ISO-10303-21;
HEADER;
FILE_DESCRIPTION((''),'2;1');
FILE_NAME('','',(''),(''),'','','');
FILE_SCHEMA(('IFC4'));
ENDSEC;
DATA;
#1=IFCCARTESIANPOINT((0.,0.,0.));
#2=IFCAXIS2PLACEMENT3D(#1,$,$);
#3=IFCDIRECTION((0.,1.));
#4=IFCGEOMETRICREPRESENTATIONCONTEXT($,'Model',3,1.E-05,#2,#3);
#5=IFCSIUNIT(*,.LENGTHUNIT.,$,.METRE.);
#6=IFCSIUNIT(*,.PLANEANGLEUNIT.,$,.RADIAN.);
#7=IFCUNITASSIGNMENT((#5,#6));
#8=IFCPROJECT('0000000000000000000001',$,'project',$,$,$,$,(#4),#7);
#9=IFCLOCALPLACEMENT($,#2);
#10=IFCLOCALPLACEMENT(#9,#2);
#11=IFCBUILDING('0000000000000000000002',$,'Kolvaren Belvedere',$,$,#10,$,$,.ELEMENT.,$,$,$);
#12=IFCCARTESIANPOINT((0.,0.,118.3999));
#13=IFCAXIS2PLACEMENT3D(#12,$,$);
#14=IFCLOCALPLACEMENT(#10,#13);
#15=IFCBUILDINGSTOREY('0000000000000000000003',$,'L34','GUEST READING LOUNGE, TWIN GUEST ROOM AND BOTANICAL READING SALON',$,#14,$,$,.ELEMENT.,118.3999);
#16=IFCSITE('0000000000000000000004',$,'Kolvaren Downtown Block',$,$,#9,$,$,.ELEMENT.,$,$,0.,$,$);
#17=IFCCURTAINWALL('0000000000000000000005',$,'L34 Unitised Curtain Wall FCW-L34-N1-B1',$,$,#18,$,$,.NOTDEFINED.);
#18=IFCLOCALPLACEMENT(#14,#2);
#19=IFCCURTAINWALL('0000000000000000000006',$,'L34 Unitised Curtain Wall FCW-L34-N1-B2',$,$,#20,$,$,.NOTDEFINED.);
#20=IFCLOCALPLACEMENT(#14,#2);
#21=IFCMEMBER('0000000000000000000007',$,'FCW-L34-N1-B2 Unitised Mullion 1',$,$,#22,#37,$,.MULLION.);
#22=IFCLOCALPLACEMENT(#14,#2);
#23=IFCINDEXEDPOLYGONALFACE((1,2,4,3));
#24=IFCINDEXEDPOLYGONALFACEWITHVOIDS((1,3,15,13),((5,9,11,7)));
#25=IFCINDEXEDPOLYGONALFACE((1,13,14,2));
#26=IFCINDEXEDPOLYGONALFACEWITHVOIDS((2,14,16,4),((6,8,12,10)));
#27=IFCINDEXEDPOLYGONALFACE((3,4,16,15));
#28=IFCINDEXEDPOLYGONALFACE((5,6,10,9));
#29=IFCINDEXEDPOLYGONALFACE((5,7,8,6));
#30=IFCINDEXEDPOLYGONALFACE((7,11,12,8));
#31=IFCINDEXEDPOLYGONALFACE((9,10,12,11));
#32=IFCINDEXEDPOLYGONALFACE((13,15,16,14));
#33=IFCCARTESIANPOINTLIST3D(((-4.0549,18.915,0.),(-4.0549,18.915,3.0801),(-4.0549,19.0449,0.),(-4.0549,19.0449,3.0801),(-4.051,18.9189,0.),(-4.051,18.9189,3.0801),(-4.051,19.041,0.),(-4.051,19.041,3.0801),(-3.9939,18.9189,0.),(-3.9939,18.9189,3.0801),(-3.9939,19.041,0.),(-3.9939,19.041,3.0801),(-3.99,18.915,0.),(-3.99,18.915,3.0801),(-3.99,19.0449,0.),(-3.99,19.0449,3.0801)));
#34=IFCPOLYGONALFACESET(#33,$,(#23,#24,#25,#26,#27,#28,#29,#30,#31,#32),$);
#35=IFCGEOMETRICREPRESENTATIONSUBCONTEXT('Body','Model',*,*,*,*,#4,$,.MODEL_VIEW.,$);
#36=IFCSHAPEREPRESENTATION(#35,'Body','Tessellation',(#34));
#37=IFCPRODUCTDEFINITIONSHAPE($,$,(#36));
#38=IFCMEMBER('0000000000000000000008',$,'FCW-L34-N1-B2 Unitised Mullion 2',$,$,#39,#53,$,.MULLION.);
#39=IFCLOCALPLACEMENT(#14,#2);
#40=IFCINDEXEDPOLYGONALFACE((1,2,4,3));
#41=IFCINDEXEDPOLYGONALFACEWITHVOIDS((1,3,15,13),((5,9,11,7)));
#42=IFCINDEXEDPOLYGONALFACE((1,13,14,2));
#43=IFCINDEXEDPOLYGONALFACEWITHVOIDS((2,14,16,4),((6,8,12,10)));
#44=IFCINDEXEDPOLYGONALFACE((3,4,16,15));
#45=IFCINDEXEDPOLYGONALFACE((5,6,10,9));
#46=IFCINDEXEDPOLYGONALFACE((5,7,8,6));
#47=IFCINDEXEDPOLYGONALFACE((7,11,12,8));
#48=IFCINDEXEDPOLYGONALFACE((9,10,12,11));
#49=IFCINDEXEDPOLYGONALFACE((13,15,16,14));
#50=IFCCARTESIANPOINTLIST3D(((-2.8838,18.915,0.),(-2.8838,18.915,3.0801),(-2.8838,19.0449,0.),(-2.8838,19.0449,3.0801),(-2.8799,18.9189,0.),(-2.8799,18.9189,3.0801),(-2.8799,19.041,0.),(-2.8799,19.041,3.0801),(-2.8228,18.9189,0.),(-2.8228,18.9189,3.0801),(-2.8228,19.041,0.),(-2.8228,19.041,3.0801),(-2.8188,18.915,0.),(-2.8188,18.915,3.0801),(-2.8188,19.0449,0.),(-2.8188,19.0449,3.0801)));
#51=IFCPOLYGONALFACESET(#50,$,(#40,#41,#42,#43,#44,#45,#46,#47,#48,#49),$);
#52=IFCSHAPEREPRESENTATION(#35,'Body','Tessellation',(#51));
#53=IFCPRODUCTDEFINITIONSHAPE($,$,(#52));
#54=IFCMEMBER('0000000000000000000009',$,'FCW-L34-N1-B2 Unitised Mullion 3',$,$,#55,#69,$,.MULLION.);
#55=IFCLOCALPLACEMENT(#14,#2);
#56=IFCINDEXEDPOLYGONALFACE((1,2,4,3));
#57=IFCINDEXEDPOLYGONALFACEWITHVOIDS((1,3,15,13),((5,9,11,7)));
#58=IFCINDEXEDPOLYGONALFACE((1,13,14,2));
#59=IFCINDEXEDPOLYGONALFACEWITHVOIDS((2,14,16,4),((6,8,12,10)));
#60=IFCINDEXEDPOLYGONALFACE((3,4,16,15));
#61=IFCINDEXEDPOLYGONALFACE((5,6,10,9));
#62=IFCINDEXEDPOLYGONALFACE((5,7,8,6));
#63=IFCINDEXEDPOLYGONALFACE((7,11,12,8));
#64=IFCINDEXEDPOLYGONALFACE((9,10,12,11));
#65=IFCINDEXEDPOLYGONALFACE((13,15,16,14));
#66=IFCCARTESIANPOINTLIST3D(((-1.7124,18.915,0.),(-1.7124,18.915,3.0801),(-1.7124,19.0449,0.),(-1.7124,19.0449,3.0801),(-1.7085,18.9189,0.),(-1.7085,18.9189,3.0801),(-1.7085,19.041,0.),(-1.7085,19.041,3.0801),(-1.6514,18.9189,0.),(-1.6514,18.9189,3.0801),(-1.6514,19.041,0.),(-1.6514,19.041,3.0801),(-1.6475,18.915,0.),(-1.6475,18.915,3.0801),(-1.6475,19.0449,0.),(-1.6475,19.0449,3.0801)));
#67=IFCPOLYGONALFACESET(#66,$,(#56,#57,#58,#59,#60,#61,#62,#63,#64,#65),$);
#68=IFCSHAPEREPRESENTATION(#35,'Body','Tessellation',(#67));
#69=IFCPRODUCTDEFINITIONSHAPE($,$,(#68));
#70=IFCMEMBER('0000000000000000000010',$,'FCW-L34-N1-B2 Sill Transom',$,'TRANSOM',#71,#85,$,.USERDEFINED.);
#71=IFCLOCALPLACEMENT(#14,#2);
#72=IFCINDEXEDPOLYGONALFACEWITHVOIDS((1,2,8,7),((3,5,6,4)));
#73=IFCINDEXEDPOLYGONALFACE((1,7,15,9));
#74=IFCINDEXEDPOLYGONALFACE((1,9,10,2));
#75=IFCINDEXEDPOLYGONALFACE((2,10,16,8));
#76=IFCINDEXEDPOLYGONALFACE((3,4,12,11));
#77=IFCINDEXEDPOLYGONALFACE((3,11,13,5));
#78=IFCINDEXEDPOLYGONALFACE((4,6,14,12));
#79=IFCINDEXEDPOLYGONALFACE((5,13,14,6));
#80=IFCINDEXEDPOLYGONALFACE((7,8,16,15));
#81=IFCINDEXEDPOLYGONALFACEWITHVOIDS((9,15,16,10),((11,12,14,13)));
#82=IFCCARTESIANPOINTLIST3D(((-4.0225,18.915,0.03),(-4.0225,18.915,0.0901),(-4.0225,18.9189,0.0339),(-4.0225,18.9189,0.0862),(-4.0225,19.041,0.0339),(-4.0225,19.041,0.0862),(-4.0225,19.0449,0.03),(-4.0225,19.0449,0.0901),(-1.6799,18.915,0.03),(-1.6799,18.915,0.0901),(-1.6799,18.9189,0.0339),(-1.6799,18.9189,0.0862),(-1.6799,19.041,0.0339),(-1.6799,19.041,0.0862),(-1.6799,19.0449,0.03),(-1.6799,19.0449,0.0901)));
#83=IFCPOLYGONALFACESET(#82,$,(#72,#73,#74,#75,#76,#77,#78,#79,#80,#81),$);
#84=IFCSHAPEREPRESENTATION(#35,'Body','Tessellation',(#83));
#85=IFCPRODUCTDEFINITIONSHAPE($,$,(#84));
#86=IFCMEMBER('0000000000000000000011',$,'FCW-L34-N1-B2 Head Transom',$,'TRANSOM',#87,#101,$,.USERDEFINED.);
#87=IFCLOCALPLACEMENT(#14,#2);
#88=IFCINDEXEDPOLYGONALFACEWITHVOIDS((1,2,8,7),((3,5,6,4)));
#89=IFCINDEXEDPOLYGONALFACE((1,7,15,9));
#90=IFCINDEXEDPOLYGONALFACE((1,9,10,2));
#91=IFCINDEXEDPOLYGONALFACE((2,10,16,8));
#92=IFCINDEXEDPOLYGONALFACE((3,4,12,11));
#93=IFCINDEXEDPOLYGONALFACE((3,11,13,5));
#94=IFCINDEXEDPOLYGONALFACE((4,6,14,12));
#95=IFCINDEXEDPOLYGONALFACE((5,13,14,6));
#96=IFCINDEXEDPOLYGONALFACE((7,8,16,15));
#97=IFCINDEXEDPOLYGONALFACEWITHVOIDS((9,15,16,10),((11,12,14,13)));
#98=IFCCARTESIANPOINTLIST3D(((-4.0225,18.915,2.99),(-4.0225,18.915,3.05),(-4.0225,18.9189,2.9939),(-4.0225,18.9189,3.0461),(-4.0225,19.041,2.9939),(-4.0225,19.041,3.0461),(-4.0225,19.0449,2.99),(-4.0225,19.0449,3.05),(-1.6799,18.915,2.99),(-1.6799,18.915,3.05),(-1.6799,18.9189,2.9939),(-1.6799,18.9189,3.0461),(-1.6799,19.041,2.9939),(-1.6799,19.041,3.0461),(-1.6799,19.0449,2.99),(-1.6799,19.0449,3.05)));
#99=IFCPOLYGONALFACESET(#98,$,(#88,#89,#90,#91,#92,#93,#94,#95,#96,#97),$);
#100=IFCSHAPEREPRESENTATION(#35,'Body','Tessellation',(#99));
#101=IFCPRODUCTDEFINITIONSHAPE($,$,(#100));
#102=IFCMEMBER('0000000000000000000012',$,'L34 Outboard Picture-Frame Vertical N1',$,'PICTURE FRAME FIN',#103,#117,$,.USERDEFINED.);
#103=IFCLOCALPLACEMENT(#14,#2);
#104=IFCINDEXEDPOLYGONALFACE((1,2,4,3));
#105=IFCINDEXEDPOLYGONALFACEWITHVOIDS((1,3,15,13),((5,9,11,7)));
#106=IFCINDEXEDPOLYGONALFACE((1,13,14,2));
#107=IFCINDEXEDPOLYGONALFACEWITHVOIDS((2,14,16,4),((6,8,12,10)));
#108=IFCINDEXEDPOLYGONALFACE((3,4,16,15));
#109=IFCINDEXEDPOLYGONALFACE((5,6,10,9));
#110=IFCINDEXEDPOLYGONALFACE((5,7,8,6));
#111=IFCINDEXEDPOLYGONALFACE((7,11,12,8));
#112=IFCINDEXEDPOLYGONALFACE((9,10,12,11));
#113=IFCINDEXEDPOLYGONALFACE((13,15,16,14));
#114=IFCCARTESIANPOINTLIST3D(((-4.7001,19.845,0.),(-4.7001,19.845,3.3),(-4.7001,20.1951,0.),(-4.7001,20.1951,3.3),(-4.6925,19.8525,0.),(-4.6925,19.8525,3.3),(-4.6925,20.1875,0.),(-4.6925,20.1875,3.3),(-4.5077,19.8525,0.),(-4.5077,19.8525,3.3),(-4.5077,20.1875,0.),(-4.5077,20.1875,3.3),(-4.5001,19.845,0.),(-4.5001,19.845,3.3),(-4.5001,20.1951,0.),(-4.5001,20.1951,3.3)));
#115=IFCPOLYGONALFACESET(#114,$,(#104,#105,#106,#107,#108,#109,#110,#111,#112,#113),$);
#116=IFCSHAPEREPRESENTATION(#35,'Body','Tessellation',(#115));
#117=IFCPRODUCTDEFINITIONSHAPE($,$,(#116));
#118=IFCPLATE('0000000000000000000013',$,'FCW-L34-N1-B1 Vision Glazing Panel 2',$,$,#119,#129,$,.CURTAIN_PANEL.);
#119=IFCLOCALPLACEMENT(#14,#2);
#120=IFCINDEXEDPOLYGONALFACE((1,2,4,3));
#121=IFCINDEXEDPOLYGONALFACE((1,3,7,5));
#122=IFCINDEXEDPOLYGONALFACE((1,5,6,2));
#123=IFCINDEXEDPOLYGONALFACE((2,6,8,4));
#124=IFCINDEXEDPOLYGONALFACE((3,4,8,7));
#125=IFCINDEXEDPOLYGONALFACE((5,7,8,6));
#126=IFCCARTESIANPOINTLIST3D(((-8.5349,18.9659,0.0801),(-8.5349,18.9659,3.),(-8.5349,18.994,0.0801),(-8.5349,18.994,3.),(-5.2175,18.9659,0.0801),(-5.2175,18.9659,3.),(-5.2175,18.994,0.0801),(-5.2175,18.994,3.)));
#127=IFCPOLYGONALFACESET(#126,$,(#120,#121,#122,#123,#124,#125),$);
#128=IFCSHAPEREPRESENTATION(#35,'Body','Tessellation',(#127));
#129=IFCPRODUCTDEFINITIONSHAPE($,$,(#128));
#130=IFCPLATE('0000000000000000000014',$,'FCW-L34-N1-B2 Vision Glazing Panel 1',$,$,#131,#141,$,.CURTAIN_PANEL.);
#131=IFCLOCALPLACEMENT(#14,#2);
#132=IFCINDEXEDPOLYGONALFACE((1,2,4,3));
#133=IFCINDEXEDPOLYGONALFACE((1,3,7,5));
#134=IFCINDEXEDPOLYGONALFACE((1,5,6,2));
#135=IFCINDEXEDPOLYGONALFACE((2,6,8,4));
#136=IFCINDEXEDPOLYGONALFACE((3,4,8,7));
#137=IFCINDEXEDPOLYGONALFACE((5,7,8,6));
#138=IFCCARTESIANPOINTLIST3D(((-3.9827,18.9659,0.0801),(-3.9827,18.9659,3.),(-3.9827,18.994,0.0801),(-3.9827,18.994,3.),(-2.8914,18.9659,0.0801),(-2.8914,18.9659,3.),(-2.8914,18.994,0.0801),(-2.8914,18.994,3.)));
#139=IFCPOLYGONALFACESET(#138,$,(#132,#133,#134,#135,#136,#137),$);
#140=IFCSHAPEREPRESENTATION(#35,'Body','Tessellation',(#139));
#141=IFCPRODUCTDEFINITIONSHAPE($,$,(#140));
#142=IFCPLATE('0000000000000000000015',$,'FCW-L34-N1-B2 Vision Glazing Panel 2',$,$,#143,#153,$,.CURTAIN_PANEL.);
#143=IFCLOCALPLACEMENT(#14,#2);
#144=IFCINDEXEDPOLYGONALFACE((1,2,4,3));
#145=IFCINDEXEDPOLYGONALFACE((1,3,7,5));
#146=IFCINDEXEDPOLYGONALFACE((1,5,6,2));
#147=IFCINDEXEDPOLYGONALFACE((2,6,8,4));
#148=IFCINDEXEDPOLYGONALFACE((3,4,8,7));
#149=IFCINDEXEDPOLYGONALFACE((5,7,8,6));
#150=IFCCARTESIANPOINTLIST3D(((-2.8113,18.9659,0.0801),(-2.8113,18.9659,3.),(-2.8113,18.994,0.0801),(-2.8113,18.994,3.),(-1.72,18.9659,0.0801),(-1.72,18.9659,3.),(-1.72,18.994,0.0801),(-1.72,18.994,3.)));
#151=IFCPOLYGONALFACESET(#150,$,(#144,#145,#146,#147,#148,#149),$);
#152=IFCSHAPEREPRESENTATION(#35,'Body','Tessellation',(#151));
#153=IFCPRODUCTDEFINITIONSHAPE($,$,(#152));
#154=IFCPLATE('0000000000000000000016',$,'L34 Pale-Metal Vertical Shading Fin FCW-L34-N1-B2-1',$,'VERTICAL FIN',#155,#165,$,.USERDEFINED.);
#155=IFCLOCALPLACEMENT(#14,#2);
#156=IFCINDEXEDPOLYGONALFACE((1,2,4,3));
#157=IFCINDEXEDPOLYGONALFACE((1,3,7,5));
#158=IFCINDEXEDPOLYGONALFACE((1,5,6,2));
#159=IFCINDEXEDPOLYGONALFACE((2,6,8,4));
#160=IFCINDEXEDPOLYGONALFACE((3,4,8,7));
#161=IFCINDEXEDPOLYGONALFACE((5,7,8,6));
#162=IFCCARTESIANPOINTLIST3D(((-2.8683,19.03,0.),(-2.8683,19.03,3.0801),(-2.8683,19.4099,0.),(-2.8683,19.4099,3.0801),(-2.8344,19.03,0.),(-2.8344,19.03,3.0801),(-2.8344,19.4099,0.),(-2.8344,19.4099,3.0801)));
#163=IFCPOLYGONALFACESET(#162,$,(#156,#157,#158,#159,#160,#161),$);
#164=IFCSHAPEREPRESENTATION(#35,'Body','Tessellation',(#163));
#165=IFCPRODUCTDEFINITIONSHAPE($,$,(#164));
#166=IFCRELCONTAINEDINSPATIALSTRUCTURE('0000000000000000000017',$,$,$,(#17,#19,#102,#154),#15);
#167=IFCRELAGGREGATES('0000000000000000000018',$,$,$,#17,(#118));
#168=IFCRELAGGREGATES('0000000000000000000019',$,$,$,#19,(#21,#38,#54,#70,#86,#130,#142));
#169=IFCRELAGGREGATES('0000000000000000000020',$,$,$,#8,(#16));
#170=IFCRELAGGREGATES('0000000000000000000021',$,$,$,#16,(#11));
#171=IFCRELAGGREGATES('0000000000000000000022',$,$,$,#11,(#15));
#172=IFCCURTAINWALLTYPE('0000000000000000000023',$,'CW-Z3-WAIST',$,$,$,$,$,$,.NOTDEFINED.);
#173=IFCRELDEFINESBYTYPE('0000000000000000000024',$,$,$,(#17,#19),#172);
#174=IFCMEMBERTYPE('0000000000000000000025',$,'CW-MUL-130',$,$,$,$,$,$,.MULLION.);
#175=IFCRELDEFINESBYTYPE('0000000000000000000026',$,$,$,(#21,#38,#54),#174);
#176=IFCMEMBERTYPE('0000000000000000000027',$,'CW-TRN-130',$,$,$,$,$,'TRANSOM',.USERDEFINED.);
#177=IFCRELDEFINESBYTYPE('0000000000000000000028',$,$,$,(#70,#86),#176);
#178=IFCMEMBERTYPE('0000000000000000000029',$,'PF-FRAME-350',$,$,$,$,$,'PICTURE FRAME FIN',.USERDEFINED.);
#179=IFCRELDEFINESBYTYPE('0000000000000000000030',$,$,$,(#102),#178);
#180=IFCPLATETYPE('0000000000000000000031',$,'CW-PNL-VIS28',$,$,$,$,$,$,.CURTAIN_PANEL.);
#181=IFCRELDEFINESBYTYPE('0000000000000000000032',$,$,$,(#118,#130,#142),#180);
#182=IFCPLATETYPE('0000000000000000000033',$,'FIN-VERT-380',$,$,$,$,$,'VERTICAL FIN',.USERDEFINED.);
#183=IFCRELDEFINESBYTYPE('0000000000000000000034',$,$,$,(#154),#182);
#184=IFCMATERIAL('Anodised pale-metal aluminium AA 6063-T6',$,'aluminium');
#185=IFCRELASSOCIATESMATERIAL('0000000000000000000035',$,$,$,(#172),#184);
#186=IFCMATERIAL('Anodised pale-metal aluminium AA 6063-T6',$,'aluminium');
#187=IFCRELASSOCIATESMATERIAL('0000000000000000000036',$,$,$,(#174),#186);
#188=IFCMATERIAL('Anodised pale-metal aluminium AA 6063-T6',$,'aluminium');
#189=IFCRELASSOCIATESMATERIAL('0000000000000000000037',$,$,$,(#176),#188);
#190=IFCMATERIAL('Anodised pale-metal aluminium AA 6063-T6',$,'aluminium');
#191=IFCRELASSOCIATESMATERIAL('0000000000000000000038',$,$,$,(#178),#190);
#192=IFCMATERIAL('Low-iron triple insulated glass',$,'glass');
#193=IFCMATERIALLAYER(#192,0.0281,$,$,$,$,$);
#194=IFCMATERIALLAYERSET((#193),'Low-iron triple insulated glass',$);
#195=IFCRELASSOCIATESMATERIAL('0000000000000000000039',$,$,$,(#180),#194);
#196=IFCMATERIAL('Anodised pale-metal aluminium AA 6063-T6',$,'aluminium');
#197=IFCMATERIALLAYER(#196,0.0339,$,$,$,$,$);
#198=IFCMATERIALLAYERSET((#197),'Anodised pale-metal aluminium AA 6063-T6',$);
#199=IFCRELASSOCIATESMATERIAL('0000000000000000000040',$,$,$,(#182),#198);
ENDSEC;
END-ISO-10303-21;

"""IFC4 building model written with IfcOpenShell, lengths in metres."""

from ifc_helpers import new_model, si_unit, direction, frame, origin, origin_2d, place, context, subcontext, project, spatial, rectangle, hollow_rectangle, extrude, material, layer, layer_set, material_profile, profile_set, type_object, element, aggregate, save


model = new_model("IFC4")

# Units and contexts
model_context = context("Model", 3, precision=1e-05, world=origin(), true_north=direction((0.0, 1.0)))
body_context = subcontext(model_context, "Body", "Model", "MODEL_VIEW")
ifc_project = project(units=[si_unit("LENGTHUNIT", "METRE"), si_unit("PLANEANGLEUNIT", "RADIAN")], contexts=[model_context])

# Site, building, storey
site_placement = place(None, origin())
site = spatial("IfcSite", under=ifc_project, at=site_placement, Name="Kolvaren Downtown Block", CompositionType="ELEMENT", RefElevation=0.0)
building_placement = place(site_placement, origin())
building = spatial("IfcBuilding", under=site, at=building_placement, Name="Kolvaren Belvedere", CompositionType="ELEMENT")
storey_placement = place(building_placement, frame((0.0, 0.0, 118.3999)))
storey = spatial("IfcBuildingStorey", under=building, at=storey_placement, Name="L34", Description="GUEST READING LOUNGE, TWIN GUEST ROOM AND BOTANICAL READING SALON", CompositionType="ELEMENT", Elevation=118.3999)

# Curtain wall
ifc_material_1 = material(Name="Anodised pale-metal aluminium AA 6063-T6", Category="aluminium")
curtain_wall_type = type_object("IfcCurtainWallType", Name="CW-Z3-WAIST", PredefinedType="NOTDEFINED", material=ifc_material_1)
curtain_wall_1_placement = place(storey_placement, origin())
curtain_wall_1 = element("IfcCurtainWall", 1, at=curtain_wall_1_placement, inside=storey, type_object=curtain_wall_type, Name="L34 Unitised Curtain Wall FCW-L34-N1-B1", PredefinedType="NOTDEFINED")
ifc_material_2 = material(Name="Anodised pale-metal aluminium AA 6063-T6", Category="aluminium")
ifc_material_profile_1 = material_profile(ifc_material_2, hollow_rectangle(XDim=0.0649, YDim=0.1299, WallThickness=0.0039, at=origin_2d()), Name="ALU-MUL-130X65")
ifc_profile_set_1 = profile_set([ifc_material_profile_1], Name="Anodised pale-metal aluminium AA 6063-T6")
member_type_1 = type_object("IfcMemberType", Name="CW-MUL-130", PredefinedType="MULLION", material=ifc_profile_set_1)

# Curtain wall, members
curtain_wall_2_placement = place(storey_placement, origin())
curtain_wall_2 = element("IfcCurtainWall", 2, at=curtain_wall_2_placement, inside=storey, type_object=curtain_wall_type, Name="L34 Unitised Curtain Wall FCW-L34-N1-B2", PredefinedType="NOTDEFINED")
member_1_placement = place(storey_placement, frame((-4.0225, 18.98, 0.0), z_axis=(0.0, 0.0, 1.0), x_axis=(1.0, 0.0, 0.0)))
member_1 = element("IfcMember", 3, at=member_1_placement, type_object=member_type_1, Name="FCW-L34-N1-B2 Unitised Mullion 1", PredefinedType="MULLION", context=body_context, shape_type="SweptSolid", body=[
    extrude(hollow_rectangle(XDim=0.0649, YDim=0.1299, WallThickness=0.0039, at=origin_2d()), origin(), (0.0, 0.0, 1.0), 3.0801),
])
member_2_placement = place(storey_placement, frame((-2.8513, 18.98, 0.0), z_axis=(0.0, 0.0, 1.0), x_axis=(1.0, 0.0, 0.0)))
member_2 = element("IfcMember", 4, at=member_2_placement, type_object=member_type_1, Name="FCW-L34-N1-B2 Unitised Mullion 2", PredefinedType="MULLION", context=body_context, shape_type="SweptSolid", body=[
    extrude(hollow_rectangle(XDim=0.0649, YDim=0.1299, WallThickness=0.0039, at=origin_2d()), origin(), (0.0, 0.0, 1.0), 3.0801),
])
member_3_placement = place(storey_placement, frame((-1.6799, 18.98, 0.0), z_axis=(0.0, 0.0, 1.0), x_axis=(1.0, 0.0, 0.0)))
member_3 = element("IfcMember", 5, at=member_3_placement, type_object=member_type_1, Name="FCW-L34-N1-B2 Unitised Mullion 3", PredefinedType="MULLION", context=body_context, shape_type="SweptSolid", body=[
    extrude(hollow_rectangle(XDim=0.0649, YDim=0.1299, WallThickness=0.0039, at=origin_2d()), origin(), (0.0, 0.0, 1.0), 3.0801),
])
ifc_material_3 = material(Name="Anodised pale-metal aluminium AA 6063-T6", Category="aluminium")
ifc_material_profile_2 = material_profile(ifc_material_3, hollow_rectangle(XDim=0.0601, YDim=0.1299, WallThickness=0.0039, at=origin_2d()), Name="ALU-TRN-130X60")
ifc_profile_set_2 = profile_set([ifc_material_profile_2], Name="Anodised pale-metal aluminium AA 6063-T6")
member_type_2 = type_object("IfcMemberType", Name="CW-TRN-130", ElementType="TRANSOM", PredefinedType="USERDEFINED", material=ifc_profile_set_2)
member_4_placement = place(storey_placement, frame((-4.0225, 18.98, 0.0601), z_axis=(1.0, 0.0, 0.0), x_axis=(0.0, 0.0, 1.0)))
member_4 = element("IfcMember", 6, at=member_4_placement, type_object=member_type_2, Name="FCW-L34-N1-B2 Sill Transom", ObjectType="TRANSOM", PredefinedType="USERDEFINED", context=body_context, shape_type="SweptSolid", body=[
    extrude(hollow_rectangle(XDim=0.0601, YDim=0.1299, WallThickness=0.0039, at=origin_2d()), origin(), (0.0, 0.0, 1.0), 2.3425),
])
member_5_placement = place(storey_placement, frame((-4.0225, 18.98, 3.02), z_axis=(1.0, 0.0, 0.0), x_axis=(0.0, 0.0, 1.0)))
member_5 = element("IfcMember", 7, at=member_5_placement, type_object=member_type_2, Name="FCW-L34-N1-B2 Head Transom", ObjectType="TRANSOM", PredefinedType="USERDEFINED", context=body_context, shape_type="SweptSolid", body=[
    extrude(hollow_rectangle(XDim=0.0601, YDim=0.1299, WallThickness=0.0039, at=origin_2d()), origin(), (0.0, 0.0, 1.0), 2.3425),
])

# Member
ifc_material_4 = material(Name="Anodised pale-metal aluminium AA 6063-T6", Category="aluminium")
ifc_material_profile_3 = material_profile(ifc_material_4, hollow_rectangle(XDim=0.2, YDim=0.3501, WallThickness=0.0076, at=origin_2d()), Name="ALU-PF-350X200")
ifc_profile_set_3 = profile_set([ifc_material_profile_3], Name="Anodised pale-metal aluminium AA 6063-T6")
member_type_3 = type_object("IfcMemberType", Name="PF-FRAME-350", ElementType="PICTURE FRAME FIN", PredefinedType="USERDEFINED", material=ifc_profile_set_3)
member_6_placement = place(storey_placement, frame((-4.6001, 20.02, 0.0), z_axis=(0.0, 0.0, 1.0), x_axis=(1.0, 0.0, 0.0)))
element("IfcMember", 8, at=member_6_placement, inside=storey, type_object=member_type_3, Name="L34 Outboard Picture-Frame Vertical N1", ObjectType="PICTURE FRAME FIN", PredefinedType="USERDEFINED", context=body_context, shape_type="SweptSolid", body=[
    extrude(hollow_rectangle(XDim=0.2, YDim=0.3501, WallThickness=0.0076, at=origin_2d()), origin(), (0.0, 0.0, 1.0), 3.3),
])

# Plates
ifc_material_5 = material(Name="Low-iron triple insulated glass", Category="glass")
ifc_layer_1 = layer(ifc_material_5, 0.0281)
ifc_layer_set_1 = layer_set([ifc_layer_1], Name="Low-iron triple insulated glass")
plate_type_1 = type_object("IfcPlateType", Name="CW-PNL-VIS28", PredefinedType="CURTAIN_PANEL", material=ifc_layer_set_1)
plate_1_placement = place(storey_placement, frame((-6.8762, 18.98, 0.0801), z_axis=(0.0, 0.0, 1.0), x_axis=(1.0, 0.0, 0.0)))
plate_1 = element("IfcPlate", 9, at=plate_1_placement, type_object=plate_type_1, Name="FCW-L34-N1-B1 Vision Glazing Panel 2", PredefinedType="CURTAIN_PANEL", context=body_context, shape_type="SweptSolid", body=[
    extrude(rectangle(XDim=3.3174, YDim=0.0281, at=origin_2d()), origin(), (0.0, 0.0, 1.0), 2.9199),
])
aggregate(curtain_wall_1, [plate_1])
plate_2_placement = place(storey_placement, frame((-3.437, 18.98, 0.0801), z_axis=(0.0, 0.0, 1.0), x_axis=(1.0, 0.0, 0.0)))
plate_2 = element("IfcPlate", 10, at=plate_2_placement, type_object=plate_type_1, Name="FCW-L34-N1-B2 Vision Glazing Panel 1", PredefinedType="CURTAIN_PANEL", context=body_context, shape_type="SweptSolid", body=[
    extrude(rectangle(XDim=1.0913, YDim=0.0281, at=origin_2d()), origin(), (0.0, 0.0, 1.0), 2.9199),
])
plate_3_placement = place(storey_placement, frame((-2.2656, 18.98, 0.0801), z_axis=(0.0, 0.0, 1.0), x_axis=(1.0, 0.0, 0.0)))
plate_3 = element("IfcPlate", 11, at=plate_3_placement, type_object=plate_type_1, Name="FCW-L34-N1-B2 Vision Glazing Panel 2", PredefinedType="CURTAIN_PANEL", context=body_context, shape_type="SweptSolid", body=[
    extrude(rectangle(XDim=1.0913, YDim=0.0281, at=origin_2d()), origin(), (0.0, 0.0, 1.0), 2.9199),
])
aggregate(curtain_wall_2, [member_1, member_2, member_3, member_4, member_5, plate_2, plate_3])
ifc_material_6 = material(Name="Anodised pale-metal aluminium AA 6063-T6", Category="aluminium")
ifc_layer_2 = layer(ifc_material_6, 0.0339)
ifc_layer_set_2 = layer_set([ifc_layer_2], Name="Anodised pale-metal aluminium AA 6063-T6")
plate_type_2 = type_object("IfcPlateType", Name="FIN-VERT-380", ElementType="VERTICAL FIN", PredefinedType="USERDEFINED", material=ifc_layer_set_2)
plate_4_placement = place(storey_placement, frame((-2.8513, 19.22, 0.0), z_axis=(0.0, 0.0, 1.0), x_axis=(0.0, 1.0, 0.0)))
element("IfcPlate", 12, at=plate_4_placement, inside=storey, type_object=plate_type_2, Name="L34 Pale-Metal Vertical Shading Fin FCW-L34-N1-B2-1", ObjectType="VERTICAL FIN", PredefinedType="USERDEFINED", context=body_context, shape_type="SweptSolid", body=[
    extrude(rectangle(XDim=0.3799, YDim=0.0339, at=origin_2d()), origin(), (0.0, 0.0, 1.0), 3.0801),
])

save(model, "model.ifc")
